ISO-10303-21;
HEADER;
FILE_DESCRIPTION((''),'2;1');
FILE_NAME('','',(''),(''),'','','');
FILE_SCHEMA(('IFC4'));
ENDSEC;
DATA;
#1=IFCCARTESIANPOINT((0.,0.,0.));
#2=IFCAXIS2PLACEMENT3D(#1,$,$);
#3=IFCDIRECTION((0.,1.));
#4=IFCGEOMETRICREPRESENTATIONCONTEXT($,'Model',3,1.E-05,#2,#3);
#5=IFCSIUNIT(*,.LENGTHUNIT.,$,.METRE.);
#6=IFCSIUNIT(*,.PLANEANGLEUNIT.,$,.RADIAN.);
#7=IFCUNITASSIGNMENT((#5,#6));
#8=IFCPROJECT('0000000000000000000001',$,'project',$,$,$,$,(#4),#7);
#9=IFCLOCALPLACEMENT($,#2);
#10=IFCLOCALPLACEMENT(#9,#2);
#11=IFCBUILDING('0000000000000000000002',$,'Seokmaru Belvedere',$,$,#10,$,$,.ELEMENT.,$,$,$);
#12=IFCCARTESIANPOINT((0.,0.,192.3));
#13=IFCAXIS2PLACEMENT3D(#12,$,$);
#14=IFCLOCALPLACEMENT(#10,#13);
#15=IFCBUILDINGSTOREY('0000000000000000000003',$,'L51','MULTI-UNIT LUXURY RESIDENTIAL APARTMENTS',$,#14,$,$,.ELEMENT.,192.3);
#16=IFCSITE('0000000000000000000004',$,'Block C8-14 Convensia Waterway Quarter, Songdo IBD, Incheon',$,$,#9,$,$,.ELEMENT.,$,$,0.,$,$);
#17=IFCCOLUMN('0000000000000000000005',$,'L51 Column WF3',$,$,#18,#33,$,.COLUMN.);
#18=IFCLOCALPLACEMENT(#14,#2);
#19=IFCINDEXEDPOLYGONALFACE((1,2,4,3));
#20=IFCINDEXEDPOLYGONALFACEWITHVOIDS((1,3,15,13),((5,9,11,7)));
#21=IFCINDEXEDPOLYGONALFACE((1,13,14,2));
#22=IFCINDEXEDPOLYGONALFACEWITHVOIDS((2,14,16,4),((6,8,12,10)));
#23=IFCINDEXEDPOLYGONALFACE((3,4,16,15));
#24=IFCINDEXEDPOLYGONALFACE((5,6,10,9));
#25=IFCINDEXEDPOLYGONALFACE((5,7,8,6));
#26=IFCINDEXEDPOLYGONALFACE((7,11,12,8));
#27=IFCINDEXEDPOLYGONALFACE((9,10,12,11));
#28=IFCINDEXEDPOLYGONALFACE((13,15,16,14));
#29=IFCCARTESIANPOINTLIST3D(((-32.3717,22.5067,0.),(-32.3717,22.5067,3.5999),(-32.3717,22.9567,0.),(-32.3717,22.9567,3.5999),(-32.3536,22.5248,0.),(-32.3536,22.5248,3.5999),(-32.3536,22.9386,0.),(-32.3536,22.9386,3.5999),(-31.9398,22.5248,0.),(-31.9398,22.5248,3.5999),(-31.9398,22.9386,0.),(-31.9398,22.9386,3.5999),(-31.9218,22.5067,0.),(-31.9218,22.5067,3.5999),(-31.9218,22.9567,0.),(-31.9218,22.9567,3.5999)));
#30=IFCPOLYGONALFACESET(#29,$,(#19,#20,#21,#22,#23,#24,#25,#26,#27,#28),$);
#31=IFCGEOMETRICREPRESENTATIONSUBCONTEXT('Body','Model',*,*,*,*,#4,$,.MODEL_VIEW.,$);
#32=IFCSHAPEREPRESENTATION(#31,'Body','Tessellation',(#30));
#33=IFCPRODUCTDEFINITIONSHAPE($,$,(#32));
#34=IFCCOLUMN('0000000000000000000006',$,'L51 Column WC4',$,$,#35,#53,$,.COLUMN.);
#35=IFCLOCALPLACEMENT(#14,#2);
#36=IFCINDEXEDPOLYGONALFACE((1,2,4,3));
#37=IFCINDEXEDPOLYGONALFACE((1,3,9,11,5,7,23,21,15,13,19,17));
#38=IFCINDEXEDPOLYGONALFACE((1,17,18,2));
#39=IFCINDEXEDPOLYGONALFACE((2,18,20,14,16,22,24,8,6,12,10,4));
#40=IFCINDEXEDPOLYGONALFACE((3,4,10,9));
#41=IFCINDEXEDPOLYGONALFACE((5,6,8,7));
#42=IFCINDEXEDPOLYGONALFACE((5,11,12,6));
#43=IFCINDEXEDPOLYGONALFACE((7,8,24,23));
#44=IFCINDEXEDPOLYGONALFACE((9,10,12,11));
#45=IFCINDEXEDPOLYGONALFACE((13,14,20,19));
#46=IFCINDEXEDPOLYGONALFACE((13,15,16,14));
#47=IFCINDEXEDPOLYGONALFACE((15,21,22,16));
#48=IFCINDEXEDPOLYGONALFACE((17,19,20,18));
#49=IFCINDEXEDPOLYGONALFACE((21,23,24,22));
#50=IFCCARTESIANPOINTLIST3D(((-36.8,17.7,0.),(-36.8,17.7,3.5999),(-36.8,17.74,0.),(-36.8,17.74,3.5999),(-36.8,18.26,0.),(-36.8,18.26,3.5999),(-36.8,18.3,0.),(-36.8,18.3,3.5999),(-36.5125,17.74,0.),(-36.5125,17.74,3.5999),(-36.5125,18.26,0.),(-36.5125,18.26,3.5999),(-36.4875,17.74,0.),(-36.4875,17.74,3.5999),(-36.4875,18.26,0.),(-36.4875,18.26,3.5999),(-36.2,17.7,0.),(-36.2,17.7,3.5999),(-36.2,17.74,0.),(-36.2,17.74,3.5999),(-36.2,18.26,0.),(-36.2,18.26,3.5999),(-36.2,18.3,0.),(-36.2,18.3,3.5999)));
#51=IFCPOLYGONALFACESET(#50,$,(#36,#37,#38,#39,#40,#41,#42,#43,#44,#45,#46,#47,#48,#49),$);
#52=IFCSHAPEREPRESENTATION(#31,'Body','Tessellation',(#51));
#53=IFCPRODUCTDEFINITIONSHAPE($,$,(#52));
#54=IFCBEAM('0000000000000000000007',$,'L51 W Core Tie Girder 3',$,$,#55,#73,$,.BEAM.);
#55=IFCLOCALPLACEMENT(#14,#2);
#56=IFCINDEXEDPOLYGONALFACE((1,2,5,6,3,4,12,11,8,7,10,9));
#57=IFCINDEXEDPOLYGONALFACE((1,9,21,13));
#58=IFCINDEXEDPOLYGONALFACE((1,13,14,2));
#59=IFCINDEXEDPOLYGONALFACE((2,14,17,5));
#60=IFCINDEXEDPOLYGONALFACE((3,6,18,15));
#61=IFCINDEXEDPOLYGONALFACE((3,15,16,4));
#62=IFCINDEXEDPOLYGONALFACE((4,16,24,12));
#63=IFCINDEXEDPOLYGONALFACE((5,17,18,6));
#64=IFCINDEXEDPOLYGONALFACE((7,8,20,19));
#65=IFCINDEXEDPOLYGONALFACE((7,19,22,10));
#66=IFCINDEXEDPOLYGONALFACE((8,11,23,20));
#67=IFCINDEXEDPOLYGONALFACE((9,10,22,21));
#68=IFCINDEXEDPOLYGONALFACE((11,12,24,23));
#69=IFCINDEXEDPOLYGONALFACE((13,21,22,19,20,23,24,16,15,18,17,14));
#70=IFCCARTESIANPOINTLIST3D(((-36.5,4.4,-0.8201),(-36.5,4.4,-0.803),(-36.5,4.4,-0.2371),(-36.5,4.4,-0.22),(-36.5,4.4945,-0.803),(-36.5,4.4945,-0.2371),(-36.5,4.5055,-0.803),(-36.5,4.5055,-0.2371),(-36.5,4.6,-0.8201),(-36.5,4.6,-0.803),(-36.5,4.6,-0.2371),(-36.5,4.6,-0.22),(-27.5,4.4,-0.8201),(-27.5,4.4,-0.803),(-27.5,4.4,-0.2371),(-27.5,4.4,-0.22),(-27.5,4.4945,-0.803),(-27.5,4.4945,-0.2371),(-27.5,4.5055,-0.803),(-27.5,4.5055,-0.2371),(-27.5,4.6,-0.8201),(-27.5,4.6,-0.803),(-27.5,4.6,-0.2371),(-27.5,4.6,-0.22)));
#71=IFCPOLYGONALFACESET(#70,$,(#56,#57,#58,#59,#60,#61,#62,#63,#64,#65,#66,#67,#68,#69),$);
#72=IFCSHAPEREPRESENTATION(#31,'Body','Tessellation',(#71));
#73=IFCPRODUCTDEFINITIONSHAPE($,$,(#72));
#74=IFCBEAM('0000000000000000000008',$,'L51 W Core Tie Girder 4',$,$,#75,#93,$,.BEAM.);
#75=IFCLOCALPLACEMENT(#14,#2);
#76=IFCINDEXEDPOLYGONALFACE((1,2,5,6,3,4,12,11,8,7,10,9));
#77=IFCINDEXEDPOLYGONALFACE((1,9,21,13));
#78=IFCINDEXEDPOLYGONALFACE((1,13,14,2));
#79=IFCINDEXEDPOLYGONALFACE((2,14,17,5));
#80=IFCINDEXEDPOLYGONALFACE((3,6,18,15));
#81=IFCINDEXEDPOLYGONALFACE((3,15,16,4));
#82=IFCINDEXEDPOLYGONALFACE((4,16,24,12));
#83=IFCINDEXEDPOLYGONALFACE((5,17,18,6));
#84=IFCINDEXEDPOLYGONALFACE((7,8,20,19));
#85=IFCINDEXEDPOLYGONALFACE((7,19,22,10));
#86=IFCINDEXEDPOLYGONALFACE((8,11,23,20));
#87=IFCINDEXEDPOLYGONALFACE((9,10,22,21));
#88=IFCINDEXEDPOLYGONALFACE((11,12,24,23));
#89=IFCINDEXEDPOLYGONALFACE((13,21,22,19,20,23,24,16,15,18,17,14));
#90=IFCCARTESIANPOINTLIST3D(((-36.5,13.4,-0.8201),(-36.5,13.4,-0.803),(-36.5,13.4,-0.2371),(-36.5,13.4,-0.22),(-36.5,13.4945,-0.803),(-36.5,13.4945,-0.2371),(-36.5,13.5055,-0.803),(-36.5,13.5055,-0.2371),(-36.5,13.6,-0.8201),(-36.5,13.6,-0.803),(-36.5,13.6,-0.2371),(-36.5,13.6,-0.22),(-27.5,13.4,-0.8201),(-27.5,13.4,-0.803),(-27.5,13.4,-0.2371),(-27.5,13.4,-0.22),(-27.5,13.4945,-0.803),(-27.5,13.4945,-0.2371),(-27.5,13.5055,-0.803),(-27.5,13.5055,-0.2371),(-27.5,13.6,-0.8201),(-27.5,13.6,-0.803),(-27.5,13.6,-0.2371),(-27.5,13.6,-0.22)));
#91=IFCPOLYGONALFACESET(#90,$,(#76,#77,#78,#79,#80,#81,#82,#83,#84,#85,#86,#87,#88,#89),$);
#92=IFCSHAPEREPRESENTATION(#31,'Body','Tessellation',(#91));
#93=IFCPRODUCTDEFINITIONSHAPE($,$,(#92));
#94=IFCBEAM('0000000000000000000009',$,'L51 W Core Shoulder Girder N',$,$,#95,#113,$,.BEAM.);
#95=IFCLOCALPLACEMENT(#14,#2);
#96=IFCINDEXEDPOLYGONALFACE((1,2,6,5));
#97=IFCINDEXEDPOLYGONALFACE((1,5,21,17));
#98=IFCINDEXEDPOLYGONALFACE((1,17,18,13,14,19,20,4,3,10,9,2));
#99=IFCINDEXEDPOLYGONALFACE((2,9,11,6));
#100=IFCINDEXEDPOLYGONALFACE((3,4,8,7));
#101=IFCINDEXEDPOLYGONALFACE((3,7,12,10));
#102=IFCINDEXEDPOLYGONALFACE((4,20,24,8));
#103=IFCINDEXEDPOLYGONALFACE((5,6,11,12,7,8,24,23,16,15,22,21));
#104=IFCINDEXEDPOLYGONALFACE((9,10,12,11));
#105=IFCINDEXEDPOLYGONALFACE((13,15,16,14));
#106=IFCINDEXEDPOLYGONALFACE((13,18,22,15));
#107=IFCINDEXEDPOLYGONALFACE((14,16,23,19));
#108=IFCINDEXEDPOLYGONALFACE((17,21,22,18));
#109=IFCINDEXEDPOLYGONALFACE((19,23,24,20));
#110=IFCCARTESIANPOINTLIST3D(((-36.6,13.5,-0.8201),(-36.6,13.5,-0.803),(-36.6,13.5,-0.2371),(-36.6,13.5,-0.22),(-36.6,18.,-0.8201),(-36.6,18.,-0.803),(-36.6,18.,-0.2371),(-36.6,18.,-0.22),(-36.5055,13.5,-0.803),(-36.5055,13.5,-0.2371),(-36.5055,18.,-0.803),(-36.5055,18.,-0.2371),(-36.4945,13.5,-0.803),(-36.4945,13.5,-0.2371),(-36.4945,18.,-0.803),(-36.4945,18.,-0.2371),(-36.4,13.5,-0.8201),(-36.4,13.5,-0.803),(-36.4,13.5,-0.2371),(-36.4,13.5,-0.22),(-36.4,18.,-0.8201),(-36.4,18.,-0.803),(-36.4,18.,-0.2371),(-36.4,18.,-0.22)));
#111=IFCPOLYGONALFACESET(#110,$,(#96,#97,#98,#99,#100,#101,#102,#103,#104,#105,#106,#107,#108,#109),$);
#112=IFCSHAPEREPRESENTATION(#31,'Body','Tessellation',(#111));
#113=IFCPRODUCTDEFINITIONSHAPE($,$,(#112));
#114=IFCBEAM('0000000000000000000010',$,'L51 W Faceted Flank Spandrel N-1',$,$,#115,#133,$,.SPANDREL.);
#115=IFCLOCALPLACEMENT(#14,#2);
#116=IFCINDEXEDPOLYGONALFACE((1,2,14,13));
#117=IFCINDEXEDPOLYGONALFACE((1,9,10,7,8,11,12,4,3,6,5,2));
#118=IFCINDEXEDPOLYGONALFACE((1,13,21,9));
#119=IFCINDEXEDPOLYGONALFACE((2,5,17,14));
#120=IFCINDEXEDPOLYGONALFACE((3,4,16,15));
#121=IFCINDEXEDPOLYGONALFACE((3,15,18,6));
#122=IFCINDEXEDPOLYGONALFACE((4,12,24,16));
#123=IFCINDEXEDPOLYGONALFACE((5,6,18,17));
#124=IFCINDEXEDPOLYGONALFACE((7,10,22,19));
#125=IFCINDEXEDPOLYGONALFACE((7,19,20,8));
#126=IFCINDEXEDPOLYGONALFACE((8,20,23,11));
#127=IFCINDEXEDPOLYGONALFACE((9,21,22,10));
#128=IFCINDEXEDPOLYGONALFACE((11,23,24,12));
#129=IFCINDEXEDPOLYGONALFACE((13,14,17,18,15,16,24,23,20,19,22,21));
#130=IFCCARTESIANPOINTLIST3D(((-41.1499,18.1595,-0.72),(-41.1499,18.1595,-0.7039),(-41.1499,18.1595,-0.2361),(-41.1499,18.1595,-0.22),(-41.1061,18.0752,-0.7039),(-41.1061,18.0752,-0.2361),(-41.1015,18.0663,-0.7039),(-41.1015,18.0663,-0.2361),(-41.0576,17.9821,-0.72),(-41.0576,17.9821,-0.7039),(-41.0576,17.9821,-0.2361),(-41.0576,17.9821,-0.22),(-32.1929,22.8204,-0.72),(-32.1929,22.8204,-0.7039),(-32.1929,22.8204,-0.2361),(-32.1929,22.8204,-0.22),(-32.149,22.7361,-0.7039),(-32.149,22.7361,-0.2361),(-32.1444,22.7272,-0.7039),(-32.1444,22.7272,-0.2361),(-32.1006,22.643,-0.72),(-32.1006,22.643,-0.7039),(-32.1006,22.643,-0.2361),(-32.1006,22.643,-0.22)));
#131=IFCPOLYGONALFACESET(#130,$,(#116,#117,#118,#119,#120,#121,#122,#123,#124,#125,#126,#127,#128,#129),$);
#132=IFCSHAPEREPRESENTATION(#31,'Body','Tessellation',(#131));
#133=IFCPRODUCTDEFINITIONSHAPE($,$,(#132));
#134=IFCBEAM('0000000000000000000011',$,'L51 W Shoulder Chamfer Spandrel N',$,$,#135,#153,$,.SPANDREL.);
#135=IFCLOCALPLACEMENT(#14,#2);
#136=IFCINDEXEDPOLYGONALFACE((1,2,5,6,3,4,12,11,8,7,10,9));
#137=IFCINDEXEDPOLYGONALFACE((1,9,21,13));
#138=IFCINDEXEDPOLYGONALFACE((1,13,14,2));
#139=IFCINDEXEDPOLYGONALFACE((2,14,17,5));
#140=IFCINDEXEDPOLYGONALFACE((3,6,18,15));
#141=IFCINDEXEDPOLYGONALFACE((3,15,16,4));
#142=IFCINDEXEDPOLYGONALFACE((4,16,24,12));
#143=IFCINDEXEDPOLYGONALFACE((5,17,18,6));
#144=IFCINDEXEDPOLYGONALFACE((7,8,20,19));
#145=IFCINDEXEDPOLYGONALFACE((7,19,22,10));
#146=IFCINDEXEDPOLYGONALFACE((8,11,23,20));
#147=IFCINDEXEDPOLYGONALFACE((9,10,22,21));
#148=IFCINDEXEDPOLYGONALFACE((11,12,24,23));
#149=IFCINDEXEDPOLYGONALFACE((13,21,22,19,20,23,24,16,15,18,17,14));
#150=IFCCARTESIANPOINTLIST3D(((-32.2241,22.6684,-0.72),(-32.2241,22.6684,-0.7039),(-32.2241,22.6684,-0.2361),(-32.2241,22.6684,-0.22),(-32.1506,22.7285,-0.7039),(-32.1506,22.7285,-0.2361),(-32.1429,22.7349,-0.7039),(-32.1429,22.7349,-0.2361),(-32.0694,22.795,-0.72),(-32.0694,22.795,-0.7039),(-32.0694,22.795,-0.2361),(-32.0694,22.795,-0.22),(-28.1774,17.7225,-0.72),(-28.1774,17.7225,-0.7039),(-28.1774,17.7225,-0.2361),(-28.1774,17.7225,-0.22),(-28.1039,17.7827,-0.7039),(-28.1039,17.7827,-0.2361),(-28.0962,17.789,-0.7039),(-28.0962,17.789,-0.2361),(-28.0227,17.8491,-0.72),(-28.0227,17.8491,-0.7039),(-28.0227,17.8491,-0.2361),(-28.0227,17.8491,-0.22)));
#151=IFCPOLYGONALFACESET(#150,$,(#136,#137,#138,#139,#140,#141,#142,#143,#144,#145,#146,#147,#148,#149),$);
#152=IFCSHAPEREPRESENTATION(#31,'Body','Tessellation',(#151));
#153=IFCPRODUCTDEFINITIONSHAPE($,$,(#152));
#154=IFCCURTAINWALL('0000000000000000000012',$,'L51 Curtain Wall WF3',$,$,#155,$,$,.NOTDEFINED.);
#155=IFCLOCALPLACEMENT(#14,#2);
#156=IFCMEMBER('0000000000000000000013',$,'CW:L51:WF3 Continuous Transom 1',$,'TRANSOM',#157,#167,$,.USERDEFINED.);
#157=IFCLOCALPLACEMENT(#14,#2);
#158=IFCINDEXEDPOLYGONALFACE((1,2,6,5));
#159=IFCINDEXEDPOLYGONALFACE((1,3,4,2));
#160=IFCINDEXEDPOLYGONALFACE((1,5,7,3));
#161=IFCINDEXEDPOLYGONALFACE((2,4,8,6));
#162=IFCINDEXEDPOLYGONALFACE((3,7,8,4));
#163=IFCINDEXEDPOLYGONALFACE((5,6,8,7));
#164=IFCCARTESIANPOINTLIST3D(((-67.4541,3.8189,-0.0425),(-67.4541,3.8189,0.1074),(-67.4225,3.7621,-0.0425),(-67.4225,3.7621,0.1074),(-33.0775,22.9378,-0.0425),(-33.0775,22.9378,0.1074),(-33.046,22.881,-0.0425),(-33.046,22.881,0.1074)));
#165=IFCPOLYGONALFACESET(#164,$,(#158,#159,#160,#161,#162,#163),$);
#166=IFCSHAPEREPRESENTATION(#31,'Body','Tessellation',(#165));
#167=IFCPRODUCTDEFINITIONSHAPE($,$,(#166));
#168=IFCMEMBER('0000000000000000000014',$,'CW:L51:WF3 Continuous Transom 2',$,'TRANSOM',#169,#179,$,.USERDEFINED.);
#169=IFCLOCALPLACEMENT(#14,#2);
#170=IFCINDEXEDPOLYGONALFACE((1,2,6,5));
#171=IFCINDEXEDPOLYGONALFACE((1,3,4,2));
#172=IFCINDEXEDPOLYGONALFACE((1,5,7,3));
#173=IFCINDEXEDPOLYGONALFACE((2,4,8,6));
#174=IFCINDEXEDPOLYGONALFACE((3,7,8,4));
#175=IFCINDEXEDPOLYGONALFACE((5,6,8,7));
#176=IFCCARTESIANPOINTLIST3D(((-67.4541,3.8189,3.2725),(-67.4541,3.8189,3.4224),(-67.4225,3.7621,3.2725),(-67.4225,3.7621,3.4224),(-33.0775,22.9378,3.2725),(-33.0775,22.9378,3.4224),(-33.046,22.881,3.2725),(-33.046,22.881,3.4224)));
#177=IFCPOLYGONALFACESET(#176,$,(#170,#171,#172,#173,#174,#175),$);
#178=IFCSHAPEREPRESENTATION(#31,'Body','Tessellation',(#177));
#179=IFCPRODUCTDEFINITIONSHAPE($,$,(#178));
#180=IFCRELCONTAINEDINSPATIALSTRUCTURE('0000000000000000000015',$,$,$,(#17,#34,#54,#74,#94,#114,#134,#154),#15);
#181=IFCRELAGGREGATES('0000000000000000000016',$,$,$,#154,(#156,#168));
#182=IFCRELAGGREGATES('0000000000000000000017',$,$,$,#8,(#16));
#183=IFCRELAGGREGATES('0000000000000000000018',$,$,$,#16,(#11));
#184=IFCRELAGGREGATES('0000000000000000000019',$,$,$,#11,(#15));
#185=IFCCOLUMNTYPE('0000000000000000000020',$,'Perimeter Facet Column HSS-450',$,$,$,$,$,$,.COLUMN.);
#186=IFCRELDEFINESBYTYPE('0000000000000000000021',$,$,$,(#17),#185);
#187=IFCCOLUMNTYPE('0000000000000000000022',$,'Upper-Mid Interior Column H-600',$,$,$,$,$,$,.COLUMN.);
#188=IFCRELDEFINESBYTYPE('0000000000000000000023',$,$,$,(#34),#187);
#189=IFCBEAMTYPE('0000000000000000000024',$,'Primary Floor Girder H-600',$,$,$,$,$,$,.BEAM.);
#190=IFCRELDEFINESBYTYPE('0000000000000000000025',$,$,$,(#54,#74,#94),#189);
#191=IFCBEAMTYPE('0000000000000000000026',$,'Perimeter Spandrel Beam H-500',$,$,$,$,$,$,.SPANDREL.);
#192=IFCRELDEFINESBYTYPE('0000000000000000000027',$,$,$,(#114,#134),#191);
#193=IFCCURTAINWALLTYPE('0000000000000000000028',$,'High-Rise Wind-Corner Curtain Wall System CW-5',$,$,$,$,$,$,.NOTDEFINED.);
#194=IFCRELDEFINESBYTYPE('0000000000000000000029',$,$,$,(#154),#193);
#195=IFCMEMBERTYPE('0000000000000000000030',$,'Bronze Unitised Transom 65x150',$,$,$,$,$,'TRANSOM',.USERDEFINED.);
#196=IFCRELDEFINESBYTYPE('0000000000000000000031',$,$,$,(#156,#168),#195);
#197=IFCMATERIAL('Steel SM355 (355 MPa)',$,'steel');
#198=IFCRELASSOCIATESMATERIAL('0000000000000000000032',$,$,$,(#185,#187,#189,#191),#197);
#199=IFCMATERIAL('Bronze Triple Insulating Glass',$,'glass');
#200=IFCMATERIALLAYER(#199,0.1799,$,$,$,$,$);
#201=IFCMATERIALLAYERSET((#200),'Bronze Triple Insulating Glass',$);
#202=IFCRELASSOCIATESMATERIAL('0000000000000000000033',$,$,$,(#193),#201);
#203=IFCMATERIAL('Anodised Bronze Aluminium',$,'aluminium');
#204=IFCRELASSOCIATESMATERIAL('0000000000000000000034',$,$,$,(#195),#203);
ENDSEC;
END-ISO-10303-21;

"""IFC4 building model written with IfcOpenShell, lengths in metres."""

from ifc_helpers import new_model, si_unit, direction, frame, origin, origin_2d, place, context, subcontext, project, spatial, rectangle, hollow_rectangle, i_section, extrude, source, transform, mapped, material, layer, layer_set, material_profile, profile_set, type_object, type_shapes, element, aggregate, save


model = new_model("IFC4")

# Units and contexts
model_context = context("Model", 3, precision=1e-05, world=origin(), true_north=direction((0.0, 1.0)))
body_context = subcontext(model_context, "Body", "Model", "MODEL_VIEW")
ifc_project = project(units=[si_unit("LENGTHUNIT", "METRE"), si_unit("PLANEANGLEUNIT", "RADIAN")], contexts=[model_context])

# Site, building, storey
site_placement = place(None, origin())
site = spatial("IfcSite", under=ifc_project, at=site_placement, Name="Block C8-14 Convensia Waterway Quarter, Songdo IBD, Incheon", CompositionType="ELEMENT", RefElevation=0.0)
building_placement = place(site_placement, origin())
building = spatial("IfcBuilding", under=site, at=building_placement, Name="Seokmaru Belvedere", CompositionType="ELEMENT")
storey_placement = place(building_placement, frame((0.0, 0.0, 192.3)))
storey = spatial("IfcBuildingStorey", under=building, at=storey_placement, Name="L51", Description="MULTI-UNIT LUXURY RESIDENTIAL APARTMENTS", CompositionType="ELEMENT", Elevation=192.3)

# Columns
ifc_material_1 = material(Name="Steel SM355 (355 MPa)", Category="steel")
ifc_material_profile_1 = material_profile(ifc_material_1, hollow_rectangle(XDim=0.45, YDim=0.45, WallThickness=0.0181, at=origin_2d()), Name="HSS-450x450x18")
ifc_profile_set_1 = profile_set([ifc_material_profile_1], Name="Steel SM355 (355 MPa)")
column_type_1 = type_object("IfcColumnType", Name="Perimeter Facet Column HSS-450", PredefinedType="COLUMN", material=ifc_profile_set_1)
shared_shape_1 = source(origin(), body_context, "Body", "SweptSolid", [
    extrude(hollow_rectangle(XDim=0.45, YDim=0.45, WallThickness=0.0181, at=origin_2d()), origin(), (0.0, 0.0, 1.0), 3.5999),
])
type_shapes(column_type_1, [shared_shape_1])
column_1_placement = place(storey_placement, frame((-32.1467, 22.7317, 0.0), z_axis=(0.0, 0.0, 1.0), x_axis=(1.0, 0.0, 0.0)))
element("IfcColumn", 1, at=column_1_placement, inside=storey, type_object=column_type_1, Name="L51 Column WF3", PredefinedType="COLUMN", context=body_context, shape_type="MappedRepresentation", body=[
    mapped(shared_shape_1, transform((0.0, 0.0, 0.0), scale=1.0)),
])
ifc_material_profile_2 = material_profile(ifc_material_1, i_section(OverallWidth=0.6001, OverallDepth=0.6001, WebThickness=0.0249, FlangeThickness=0.04, at=origin_2d()), Name="H-600x600x25x40")
ifc_profile_set_2 = profile_set([ifc_material_profile_2], Name="Steel SM355 (355 MPa)")
column_type_2 = type_object("IfcColumnType", Name="Upper-Mid Interior Column H-600", PredefinedType="COLUMN", material=ifc_profile_set_2)
shared_shape_2 = source(origin(), body_context, "Body", "SweptSolid", [
    extrude(i_section(OverallWidth=0.6001, OverallDepth=0.6001, WebThickness=0.0249, FlangeThickness=0.04, at=origin_2d()), origin(), (0.0, 0.0, 1.0), 3.5999),
])
type_shapes(column_type_2, [shared_shape_2])
column_2_placement = place(storey_placement, frame((-36.5, 18.0, 0.0), z_axis=(0.0, 0.0, 1.0), x_axis=(1.0, 0.0, 0.0)))
element("IfcColumn", 2, at=column_2_placement, inside=storey, type_object=column_type_2, Name="L51 Column WC4", PredefinedType="COLUMN", context=body_context, shape_type="MappedRepresentation", body=[
    mapped(shared_shape_2, transform((0.0, 0.0, 0.0), scale=1.0)),
])

# Beams
ifc_material_profile_3 = material_profile(ifc_material_1, i_section(OverallWidth=0.2, OverallDepth=0.6001, WebThickness=0.011, FlangeThickness=0.0171, at=origin_2d()), Name="H-600x200x11x17")
ifc_profile_set_3 = profile_set([ifc_material_profile_3], Name="Steel SM355 (355 MPa)")
beam_type_1 = type_object("IfcBeamType", Name="Primary Floor Girder H-600", PredefinedType="BEAM", material=ifc_profile_set_3)
shared_shape_3 = source(origin(), body_context, "Body", "SweptSolid", [
    extrude(i_section(OverallWidth=0.2, OverallDepth=0.6001, WebThickness=0.011, FlangeThickness=0.0171, at=origin_2d()), origin(), (0.0, 0.0, 1.0), 9.0),
])
for number, where, z_axis, x_axis, name in (
    (3, (-36.5, 4.5, -0.52), (1.0, 0.0, 0.0), (0.0, 1.0, 0.0), "L51 W Core Tie Girder 3"),
    (4, (-36.5, 13.5, -0.52), (1.0, 0.0, 0.0), (0.0, 1.0, 0.0), "L51 W Core Tie Girder 4"),
):
    element("IfcBeam", number, at=place(storey_placement, frame(where, z_axis=z_axis, x_axis=x_axis)), inside=storey, type_object=beam_type_1, Name=name, PredefinedType="BEAM", context=body_context, shape_type="MappedRepresentation", body=[
        mapped(shared_shape_3, transform((0.0, 0.0, 0.0), scale=1.0)),
    ])
shared_shape_4 = source(origin(), body_context, "Body", "SweptSolid", [
    extrude(i_section(OverallWidth=0.2, OverallDepth=0.6001, WebThickness=0.011, FlangeThickness=0.0171, at=origin_2d()), origin(), (0.0, 0.0, 1.0), 4.5),
])
type_shapes(beam_type_1, [shared_shape_3, shared_shape_4])
beam_1_placement = place(storey_placement, frame((-36.5, 13.5, -0.52), z_axis=(0.0, 1.0, 0.0), x_axis=(-1.0, 0.0, 0.0)))
element("IfcBeam", 5, at=beam_1_placement, inside=storey, type_object=beam_type_1, Name="L51 W Core Shoulder Girder N", PredefinedType="BEAM", context=body_context, shape_type="MappedRepresentation", body=[
    mapped(shared_shape_4, transform((0.0, 0.0, 0.0), scale=1.0)),
])
ifc_material_profile_4 = material_profile(ifc_material_1, i_section(OverallWidth=0.2, OverallDepth=0.5, WebThickness=0.01, FlangeThickness=0.0161, at=origin_2d()), Name="H-500x200x10x16")
ifc_profile_set_4 = profile_set([ifc_material_profile_4], Name="Steel SM355 (355 MPa)")
beam_type_2 = type_object("IfcBeamType", Name="Perimeter Spandrel Beam H-500", PredefinedType="SPANDREL", material=ifc_profile_set_4)
shared_shape_5 = source(origin(), body_context, "Body", "SweptSolid", [
    extrude(i_section(OverallWidth=0.2, OverallDepth=0.5, WebThickness=0.01, FlangeThickness=0.0161, at=origin_2d()), origin(), (0.0, 0.0, 1.0), 10.0972),
])
beam_2_placement = place(storey_placement, frame((-32.1467, 22.7317, -0.47), z_axis=(-0.887086, -0.461605, 0.0), x_axis=(0.461605, -0.887086, 0.0)))
element("IfcBeam", 6, at=beam_2_placement, inside=storey, type_object=beam_type_2, Name="L51 W Faceted Flank Spandrel N-1", PredefinedType="SPANDREL", context=body_context, shape_type="MappedRepresentation", body=[
    mapped(shared_shape_5, transform((0.0, 0.0, 0.0), scale=1.0)),
])
shared_shape_6 = source(origin(), body_context, "Body", "SweptSolid", [
    extrude(i_section(OverallWidth=0.2, OverallDepth=0.5, WebThickness=0.01, FlangeThickness=0.0161, at=origin_2d()), origin(), (0.0, 0.0, 1.0), 6.3904),
])
type_shapes(beam_type_2, [shared_shape_5, shared_shape_6])
beam_3_placement = place(storey_placement, frame((-32.1467, 22.7317, -0.47), z_axis=(0.633244, -0.773952, 0.0), x_axis=(0.773952, 0.633244, 0.0)))
element("IfcBeam", 7, at=beam_3_placement, inside=storey, type_object=beam_type_2, Name="L51 W Shoulder Chamfer Spandrel N", PredefinedType="SPANDREL", context=body_context, shape_type="MappedRepresentation", body=[
    mapped(shared_shape_6, transform((0.0, 0.0, 0.0), scale=1.0)),
])

# Curtain wall, members
ifc_material_2 = material(Name="Bronze Triple Insulating Glass", Category="glass")
ifc_layer_1 = layer(ifc_material_2, 0.1799)
ifc_layer_set_1 = layer_set([ifc_layer_1], Name="Bronze Triple Insulating Glass")
curtain_wall_type = type_object("IfcCurtainWallType", Name="High-Rise Wind-Corner Curtain Wall System CW-5", PredefinedType="NOTDEFINED", material=ifc_layer_set_1)
curtain_wall_placement = place(storey_placement, origin())
curtain_wall = element("IfcCurtainWall", 8, at=curtain_wall_placement, inside=storey, type_object=curtain_wall_type, Name="L51 Curtain Wall WF3", PredefinedType="NOTDEFINED")
ifc_material_3 = material(Name="Anodised Bronze Aluminium", Category="aluminium")
ifc_material_profile_5 = material_profile(ifc_material_3, rectangle(XDim=0.0649, YDim=0.1499, at=origin_2d()), Name="CW-T-65x150")
ifc_profile_set_5 = profile_set([ifc_material_profile_5], Name="Anodised Bronze Aluminium")
member_type_1 = type_object("IfcMemberType", Name="Bronze Unitised Transom 65x150", ElementType="TRANSOM", PredefinedType="USERDEFINED", material=ifc_profile_set_5)
shared_shape_7 = source(origin(), body_context, "Body", "SweptSolid", [
    extrude(rectangle(XDim=0.0649, YDim=0.1499, at=origin_2d()), origin(), (0.0, 0.0, 1.0), 39.3354),
])
type_shapes(member_type_1, [shared_shape_7])
member_1_placement = place(storey_placement, frame((-33.0618, 22.9094, 0.0325), z_axis=(-0.873932, -0.486048, 0.0), x_axis=(0.486048, -0.873932, 0.0)))
member_1 = element("IfcMember", 9, at=member_1_placement, type_object=member_type_1, Name="CW:L51:WF3 Continuous Transom 1", ObjectType="TRANSOM", PredefinedType="USERDEFINED", context=body_context, shape_type="MappedRepresentation", body=[
    mapped(shared_shape_7, transform((0.0, 0.0, 0.0), scale=1.0)),
])
member_2_placement = place(storey_placement, frame((-33.0618, 22.9094, 3.3474), z_axis=(-0.873932, -0.486048, 0.0), x_axis=(0.486048, -0.873932, 0.0)))
member_2 = element("IfcMember", 10, at=member_2_placement, type_object=member_type_1, Name="CW:L51:WF3 Continuous Transom 2", ObjectType="TRANSOM", PredefinedType="USERDEFINED", context=body_context, shape_type="MappedRepresentation", body=[
    mapped(shared_shape_7, transform((0.0, 0.0, 0.0), scale=1.0)),
])

aggregate(curtain_wall, [member_1, member_2])

save(model, "model.ifc")
